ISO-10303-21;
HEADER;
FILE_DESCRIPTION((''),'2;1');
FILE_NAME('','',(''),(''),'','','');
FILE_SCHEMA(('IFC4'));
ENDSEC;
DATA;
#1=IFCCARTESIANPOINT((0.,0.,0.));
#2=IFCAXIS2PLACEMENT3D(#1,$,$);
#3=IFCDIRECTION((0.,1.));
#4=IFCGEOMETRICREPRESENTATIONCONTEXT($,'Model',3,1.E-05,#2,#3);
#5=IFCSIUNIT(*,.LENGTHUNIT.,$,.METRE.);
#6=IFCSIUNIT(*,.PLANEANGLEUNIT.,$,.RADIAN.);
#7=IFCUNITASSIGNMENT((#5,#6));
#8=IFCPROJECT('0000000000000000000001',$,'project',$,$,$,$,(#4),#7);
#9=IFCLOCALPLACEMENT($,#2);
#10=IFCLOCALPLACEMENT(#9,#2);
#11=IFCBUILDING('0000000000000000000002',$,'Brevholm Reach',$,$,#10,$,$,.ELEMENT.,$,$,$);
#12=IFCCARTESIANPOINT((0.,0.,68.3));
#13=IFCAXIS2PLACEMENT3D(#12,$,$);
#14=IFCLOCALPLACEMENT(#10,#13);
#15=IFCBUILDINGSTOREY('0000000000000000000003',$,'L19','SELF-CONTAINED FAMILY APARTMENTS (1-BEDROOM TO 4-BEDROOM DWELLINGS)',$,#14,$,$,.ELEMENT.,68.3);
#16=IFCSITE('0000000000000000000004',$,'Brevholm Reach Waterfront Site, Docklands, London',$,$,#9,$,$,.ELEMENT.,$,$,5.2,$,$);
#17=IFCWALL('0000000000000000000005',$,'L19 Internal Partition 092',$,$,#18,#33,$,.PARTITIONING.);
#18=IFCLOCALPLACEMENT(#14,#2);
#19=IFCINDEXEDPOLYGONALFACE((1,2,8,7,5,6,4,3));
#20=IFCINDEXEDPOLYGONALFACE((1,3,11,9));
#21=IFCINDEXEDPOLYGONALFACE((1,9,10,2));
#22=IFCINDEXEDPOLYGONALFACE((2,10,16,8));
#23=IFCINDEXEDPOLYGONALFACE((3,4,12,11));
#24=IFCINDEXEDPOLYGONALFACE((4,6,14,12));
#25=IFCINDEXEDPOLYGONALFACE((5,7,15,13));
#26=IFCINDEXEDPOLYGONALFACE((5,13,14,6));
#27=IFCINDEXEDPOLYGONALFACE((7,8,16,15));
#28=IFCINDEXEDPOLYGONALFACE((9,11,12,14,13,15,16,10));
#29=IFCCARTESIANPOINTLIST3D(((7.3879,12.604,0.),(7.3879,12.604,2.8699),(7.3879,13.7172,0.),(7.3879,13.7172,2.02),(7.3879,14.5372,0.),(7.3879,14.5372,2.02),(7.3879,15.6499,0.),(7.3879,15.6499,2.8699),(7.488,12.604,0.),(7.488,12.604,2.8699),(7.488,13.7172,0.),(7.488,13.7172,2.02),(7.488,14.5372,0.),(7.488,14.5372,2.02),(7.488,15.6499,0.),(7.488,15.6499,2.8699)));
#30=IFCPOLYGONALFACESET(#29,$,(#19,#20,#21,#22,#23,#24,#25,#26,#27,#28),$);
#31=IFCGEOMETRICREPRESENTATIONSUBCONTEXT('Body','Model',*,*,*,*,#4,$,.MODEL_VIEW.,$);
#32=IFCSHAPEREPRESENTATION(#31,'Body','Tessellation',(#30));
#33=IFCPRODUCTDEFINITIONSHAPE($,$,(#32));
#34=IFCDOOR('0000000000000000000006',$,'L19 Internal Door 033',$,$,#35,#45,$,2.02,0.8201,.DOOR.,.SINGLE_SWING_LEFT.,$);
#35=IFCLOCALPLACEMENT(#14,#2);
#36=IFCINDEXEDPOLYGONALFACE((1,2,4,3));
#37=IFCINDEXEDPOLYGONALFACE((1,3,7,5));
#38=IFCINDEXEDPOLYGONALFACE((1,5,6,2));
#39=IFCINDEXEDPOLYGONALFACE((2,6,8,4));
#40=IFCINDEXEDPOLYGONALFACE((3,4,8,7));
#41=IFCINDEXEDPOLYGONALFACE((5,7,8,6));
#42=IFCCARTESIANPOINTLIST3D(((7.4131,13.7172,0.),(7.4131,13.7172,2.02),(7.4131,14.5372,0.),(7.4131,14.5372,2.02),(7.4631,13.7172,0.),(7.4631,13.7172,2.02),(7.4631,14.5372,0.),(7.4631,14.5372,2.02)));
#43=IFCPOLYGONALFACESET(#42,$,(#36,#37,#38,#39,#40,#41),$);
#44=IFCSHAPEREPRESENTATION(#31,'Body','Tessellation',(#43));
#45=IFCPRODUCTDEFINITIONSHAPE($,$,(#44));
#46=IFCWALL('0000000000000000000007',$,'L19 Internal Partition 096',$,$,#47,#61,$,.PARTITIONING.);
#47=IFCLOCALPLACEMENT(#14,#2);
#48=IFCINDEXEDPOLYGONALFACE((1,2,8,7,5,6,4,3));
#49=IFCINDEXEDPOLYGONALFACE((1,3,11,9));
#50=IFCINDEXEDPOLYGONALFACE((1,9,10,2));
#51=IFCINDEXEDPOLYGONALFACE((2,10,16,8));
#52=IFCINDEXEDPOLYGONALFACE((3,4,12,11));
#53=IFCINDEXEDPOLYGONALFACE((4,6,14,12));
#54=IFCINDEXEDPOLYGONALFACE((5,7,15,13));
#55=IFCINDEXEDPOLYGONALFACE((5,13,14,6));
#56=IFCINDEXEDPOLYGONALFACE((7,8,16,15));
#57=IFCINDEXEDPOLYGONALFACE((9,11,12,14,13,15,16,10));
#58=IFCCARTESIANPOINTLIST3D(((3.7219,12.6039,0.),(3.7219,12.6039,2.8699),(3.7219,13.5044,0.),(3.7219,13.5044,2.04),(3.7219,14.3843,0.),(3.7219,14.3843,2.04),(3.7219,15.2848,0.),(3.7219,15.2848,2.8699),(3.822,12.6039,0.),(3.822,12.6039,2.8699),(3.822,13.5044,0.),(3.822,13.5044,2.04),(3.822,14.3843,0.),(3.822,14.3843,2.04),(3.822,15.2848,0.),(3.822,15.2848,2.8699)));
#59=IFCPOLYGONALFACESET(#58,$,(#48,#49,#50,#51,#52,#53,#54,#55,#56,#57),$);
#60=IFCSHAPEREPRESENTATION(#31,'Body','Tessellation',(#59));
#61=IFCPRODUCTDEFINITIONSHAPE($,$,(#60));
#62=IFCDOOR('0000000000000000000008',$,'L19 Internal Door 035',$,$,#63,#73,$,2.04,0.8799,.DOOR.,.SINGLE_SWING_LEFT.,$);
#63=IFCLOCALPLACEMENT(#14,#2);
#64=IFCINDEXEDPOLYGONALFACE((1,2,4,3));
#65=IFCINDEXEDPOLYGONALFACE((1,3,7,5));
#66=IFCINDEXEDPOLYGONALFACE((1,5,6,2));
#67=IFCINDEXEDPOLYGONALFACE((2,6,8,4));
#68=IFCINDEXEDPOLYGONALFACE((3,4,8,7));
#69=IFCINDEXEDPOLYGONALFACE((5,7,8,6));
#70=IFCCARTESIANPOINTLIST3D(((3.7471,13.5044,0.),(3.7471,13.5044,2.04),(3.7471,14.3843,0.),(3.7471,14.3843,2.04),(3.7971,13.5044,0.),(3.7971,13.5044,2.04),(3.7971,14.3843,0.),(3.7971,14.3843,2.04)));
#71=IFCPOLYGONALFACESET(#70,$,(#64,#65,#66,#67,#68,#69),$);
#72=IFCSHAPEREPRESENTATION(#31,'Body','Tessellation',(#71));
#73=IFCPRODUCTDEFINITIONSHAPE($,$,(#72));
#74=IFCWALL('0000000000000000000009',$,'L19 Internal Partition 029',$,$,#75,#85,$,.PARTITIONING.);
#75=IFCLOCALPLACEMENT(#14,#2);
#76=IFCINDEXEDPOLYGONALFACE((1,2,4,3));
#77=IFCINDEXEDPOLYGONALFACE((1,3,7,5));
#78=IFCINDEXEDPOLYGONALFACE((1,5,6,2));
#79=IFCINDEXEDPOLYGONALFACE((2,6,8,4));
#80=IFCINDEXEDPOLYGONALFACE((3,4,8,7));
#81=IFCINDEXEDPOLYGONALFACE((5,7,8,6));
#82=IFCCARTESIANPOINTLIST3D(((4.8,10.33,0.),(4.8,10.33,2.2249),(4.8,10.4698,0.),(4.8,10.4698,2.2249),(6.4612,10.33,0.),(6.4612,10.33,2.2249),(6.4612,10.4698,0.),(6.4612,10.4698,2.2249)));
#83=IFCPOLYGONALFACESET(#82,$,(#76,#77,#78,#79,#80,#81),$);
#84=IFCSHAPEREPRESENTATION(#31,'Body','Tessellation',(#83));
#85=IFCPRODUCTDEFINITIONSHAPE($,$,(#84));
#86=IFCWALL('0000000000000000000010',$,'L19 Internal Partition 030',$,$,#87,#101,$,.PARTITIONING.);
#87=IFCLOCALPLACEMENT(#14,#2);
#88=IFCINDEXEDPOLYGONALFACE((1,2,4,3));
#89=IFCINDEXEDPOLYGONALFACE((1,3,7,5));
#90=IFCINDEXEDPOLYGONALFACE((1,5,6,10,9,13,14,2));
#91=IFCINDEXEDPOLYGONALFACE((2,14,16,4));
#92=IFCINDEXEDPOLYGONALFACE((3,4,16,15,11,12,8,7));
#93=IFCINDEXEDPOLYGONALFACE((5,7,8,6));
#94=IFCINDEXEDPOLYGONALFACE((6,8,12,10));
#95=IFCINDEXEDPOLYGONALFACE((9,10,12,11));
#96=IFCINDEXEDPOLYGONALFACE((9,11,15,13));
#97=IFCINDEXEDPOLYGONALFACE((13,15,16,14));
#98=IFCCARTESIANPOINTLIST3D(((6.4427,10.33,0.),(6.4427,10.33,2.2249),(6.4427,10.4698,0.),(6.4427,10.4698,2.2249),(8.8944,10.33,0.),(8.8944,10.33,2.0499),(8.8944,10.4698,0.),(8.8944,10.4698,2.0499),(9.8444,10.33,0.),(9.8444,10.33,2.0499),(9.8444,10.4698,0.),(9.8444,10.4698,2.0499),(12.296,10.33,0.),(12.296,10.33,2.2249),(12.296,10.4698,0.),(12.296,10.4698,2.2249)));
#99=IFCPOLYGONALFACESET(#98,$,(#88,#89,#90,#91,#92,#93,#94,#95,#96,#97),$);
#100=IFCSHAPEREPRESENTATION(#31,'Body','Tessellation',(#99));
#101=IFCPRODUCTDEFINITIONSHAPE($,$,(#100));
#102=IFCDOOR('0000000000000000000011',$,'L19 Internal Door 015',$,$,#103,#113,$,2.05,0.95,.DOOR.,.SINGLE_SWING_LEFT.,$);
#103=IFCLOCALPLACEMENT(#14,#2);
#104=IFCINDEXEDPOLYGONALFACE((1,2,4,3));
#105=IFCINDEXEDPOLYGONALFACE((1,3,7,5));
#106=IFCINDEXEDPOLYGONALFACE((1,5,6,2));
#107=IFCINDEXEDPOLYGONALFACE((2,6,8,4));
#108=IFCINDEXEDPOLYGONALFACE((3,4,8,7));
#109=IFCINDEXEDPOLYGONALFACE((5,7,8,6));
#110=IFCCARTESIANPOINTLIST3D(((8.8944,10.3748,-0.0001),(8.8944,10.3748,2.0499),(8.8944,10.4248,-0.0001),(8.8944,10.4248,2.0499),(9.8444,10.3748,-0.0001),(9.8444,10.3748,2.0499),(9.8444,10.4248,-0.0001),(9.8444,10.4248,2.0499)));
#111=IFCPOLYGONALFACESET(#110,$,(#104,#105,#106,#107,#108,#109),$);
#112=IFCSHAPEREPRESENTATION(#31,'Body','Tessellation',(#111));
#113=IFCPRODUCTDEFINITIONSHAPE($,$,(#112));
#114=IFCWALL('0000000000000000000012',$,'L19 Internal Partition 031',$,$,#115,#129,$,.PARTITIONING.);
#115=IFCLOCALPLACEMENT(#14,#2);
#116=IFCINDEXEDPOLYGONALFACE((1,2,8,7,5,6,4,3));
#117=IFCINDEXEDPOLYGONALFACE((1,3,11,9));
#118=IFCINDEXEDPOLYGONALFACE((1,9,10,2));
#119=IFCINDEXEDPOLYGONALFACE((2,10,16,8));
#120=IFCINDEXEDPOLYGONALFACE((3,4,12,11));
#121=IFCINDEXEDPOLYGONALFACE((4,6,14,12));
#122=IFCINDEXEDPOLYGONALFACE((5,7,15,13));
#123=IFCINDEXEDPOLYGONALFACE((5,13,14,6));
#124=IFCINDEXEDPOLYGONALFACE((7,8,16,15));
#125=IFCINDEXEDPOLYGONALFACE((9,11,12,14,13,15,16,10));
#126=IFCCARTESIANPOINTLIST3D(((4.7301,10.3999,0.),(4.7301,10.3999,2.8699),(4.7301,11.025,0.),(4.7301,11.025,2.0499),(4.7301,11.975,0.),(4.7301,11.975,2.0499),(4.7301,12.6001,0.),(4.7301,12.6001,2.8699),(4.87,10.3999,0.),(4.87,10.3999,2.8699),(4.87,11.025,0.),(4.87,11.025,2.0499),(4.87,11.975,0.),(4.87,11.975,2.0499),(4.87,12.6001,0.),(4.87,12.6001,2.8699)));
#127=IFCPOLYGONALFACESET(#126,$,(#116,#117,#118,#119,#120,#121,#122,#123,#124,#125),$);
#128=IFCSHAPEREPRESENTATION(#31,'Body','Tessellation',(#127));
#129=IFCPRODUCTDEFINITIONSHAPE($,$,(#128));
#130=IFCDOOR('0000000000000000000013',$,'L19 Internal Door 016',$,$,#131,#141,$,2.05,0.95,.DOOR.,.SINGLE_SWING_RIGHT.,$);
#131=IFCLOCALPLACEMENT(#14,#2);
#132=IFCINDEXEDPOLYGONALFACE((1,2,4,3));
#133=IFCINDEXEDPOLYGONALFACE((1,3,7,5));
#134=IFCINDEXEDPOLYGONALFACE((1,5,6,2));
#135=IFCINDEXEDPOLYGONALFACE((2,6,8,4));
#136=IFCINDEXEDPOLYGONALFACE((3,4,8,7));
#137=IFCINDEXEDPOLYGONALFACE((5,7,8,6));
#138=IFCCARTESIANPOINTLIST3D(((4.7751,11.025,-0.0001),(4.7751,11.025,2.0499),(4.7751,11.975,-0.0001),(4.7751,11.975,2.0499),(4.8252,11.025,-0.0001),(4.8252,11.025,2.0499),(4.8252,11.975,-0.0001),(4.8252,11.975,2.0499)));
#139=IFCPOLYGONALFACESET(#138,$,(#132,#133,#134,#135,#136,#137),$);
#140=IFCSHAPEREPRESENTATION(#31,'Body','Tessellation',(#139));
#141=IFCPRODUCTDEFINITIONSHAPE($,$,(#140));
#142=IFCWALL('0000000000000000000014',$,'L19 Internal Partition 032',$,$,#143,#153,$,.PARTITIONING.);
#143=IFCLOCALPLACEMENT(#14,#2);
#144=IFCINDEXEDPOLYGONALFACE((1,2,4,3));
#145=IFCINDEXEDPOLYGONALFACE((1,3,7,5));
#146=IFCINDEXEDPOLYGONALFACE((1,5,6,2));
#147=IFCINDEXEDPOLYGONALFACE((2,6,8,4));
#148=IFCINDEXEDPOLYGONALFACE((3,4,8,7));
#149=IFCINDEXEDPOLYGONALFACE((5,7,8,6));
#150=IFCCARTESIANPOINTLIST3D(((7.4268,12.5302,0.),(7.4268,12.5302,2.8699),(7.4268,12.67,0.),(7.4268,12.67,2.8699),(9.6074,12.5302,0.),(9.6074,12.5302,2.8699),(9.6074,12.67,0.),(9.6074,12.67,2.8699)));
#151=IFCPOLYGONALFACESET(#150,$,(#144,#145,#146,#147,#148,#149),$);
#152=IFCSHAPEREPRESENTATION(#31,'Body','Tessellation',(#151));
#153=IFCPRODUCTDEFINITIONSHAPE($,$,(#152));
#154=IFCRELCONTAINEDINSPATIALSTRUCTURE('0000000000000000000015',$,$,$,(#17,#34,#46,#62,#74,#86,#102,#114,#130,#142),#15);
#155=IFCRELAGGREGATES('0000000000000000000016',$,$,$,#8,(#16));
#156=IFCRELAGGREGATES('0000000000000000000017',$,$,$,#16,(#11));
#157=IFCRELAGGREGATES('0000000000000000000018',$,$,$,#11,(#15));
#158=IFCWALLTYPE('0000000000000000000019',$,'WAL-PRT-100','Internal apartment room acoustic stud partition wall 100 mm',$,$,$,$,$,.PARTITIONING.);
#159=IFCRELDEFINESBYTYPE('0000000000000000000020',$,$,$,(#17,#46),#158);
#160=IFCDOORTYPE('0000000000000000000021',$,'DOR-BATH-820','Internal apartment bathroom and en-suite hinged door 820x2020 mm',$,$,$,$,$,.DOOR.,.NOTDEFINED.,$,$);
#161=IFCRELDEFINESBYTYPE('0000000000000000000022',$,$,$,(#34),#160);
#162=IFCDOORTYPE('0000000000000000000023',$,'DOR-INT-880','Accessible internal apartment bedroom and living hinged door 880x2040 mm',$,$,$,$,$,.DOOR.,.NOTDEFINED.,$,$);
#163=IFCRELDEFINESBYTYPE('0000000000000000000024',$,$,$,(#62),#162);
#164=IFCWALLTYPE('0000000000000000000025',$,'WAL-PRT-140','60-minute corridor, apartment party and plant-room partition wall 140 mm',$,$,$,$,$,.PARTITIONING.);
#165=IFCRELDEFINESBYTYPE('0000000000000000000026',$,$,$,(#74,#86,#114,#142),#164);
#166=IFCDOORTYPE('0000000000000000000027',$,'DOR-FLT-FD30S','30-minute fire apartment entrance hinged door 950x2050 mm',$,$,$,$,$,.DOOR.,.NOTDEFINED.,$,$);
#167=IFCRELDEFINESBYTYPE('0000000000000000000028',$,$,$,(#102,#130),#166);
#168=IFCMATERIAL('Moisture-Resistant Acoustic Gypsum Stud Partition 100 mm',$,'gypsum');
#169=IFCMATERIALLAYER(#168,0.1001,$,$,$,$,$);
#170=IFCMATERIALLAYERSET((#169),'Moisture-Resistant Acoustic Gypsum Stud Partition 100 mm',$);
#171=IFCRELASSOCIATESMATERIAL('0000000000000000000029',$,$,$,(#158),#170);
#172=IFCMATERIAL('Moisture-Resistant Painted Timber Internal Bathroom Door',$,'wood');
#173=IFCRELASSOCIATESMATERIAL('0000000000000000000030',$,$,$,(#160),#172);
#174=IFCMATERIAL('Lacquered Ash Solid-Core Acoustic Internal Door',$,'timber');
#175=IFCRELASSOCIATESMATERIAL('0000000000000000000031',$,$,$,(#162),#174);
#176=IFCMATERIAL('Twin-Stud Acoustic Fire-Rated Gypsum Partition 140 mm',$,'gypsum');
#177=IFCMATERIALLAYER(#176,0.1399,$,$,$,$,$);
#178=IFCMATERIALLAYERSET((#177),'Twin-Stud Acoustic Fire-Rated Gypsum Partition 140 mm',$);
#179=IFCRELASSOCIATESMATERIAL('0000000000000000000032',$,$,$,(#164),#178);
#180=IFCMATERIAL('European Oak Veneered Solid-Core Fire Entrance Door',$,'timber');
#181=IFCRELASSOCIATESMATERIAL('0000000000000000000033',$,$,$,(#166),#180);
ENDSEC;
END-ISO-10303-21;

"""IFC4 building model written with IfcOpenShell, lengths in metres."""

from ifc_helpers import new_model, si_unit, direction, frame, frame_2d, origin, place, context, subcontext, project, spatial, rectangle, extrude, material, layer, layer_set, type_object, element, fill, save


model = new_model("IFC4")

# Units and contexts
model_context = context("Model", 3, precision=1e-05, world=origin(), true_north=direction((0.0, 1.0)))
body_context = subcontext(model_context, "Body", "Model", "MODEL_VIEW")
ifc_project = project(units=[si_unit("LENGTHUNIT", "METRE"), si_unit("PLANEANGLEUNIT", "RADIAN")], contexts=[model_context])

# Site, building, storey
site_placement = place(None, origin())
site = spatial("IfcSite", under=ifc_project, at=site_placement, Name="Brevholm Reach Waterfront Site, Docklands, London", CompositionType="ELEMENT", RefElevation=5.2)
building_placement = place(site_placement, origin())
building = spatial("IfcBuilding", under=site, at=building_placement, Name="Brevholm Reach", CompositionType="ELEMENT")
storey_placement = place(building_placement, frame((0.0, 0.0, 68.3)))
storey = spatial("IfcBuildingStorey", under=building, at=storey_placement, Name="L19", Description="SELF-CONTAINED FAMILY APARTMENTS (1-BEDROOM TO 4-BEDROOM DWELLINGS)", CompositionType="ELEMENT", Elevation=68.3)

# Shared definitions
ifc_material_1 = material(Name="Moisture-Resistant Acoustic Gypsum Stud Partition 100 mm", Category="gypsum")
ifc_layer_1 = layer(ifc_material_1, 0.1001)
ifc_layer_set_1 = layer_set([ifc_layer_1], Name="Moisture-Resistant Acoustic Gypsum Stud Partition 100 mm")
wall_type_1 = type_object("IfcWallType", Name="WAL-PRT-100", Description="Internal apartment room acoustic stud partition wall 100 mm", PredefinedType="PARTITIONING", material=ifc_layer_set_1)

# Walls, openings, doors
wall_1_placement = place(storey_placement, frame((7.438, 12.604, 0.0), z_axis=(0.0, 0.0, 1.0), x_axis=(0.0, 1.0, 0.0)))
wall_1 = element("IfcWall", 1, at=wall_1_placement, inside=storey, type_object=wall_type_1, Name="L19 Internal Partition 092", PredefinedType="PARTITIONING", context=body_context, shape_type="SweptSolid", body=[
    extrude(rectangle(XDim=3.0459, YDim=0.1001, at=frame_2d((1.5229, 0.0))), origin(), (0.0, 0.0, 1.0), 2.8699),
])
opening_1_placement = place(wall_1_placement, frame((1.113, 0.0, 0.0)))
opening_1 = element("IfcOpeningElement", 2, at=opening_1_placement, cuts=wall_1, PredefinedType="OPENING", context=body_context, shape_type="SweptSolid", body=[
    extrude(rectangle(XDim=0.8201, YDim=2.02, at=frame_2d((0.4102, 1.01))), frame((0.0, 0.0601, 0.0), z_axis=(0.0, -1.0, 0.0), x_axis=(1.0, 0.0, 0.0)), (0.0, 0.0, 1.0), 0.1201),
])
ifc_material_2 = material(Name="Moisture-Resistant Painted Timber Internal Bathroom Door", Category="wood")
door_type_1 = type_object("IfcDoorType", Name="DOR-BATH-820", Description="Internal apartment bathroom and en-suite hinged door 820x2020 mm", OperationType="NOTDEFINED", PredefinedType="DOOR", material=ifc_material_2)
door_1_placement = place(opening_1_placement, origin())
door_1 = element("IfcDoor", 3, at=door_1_placement, inside=storey, type_object=door_type_1, Name="L19 Internal Door 033", OperationType="SINGLE_SWING_LEFT", OverallHeight=2.02, OverallWidth=0.8201, PredefinedType="DOOR", context=body_context, shape_type="SweptSolid", body=[
    extrude(rectangle(XDim=0.8201, YDim=2.02, at=frame_2d((0.4102, 1.01))), frame((0.0, 0.0249, 0.0), z_axis=(0.0, -1.0, 0.0), x_axis=(1.0, 0.0, 0.0)), (0.0, 0.0, 1.0), 0.05),
])
fill(opening_1, door_1)
wall_2_placement = place(storey_placement, frame((3.772, 12.604, 0.0), z_axis=(0.0, 0.0, 1.0), x_axis=(0.0, 1.0, 0.0)))
wall_2 = element("IfcWall", 4, at=wall_2_placement, inside=storey, type_object=wall_type_1, Name="L19 Internal Partition 096", PredefinedType="PARTITIONING", context=body_context, shape_type="SweptSolid", body=[
    extrude(rectangle(XDim=2.6809, YDim=0.1001, at=frame_2d((1.3403, 0.0))), origin(), (0.0, 0.0, 1.0), 2.8699),
])
opening_2_placement = place(wall_2_placement, frame((0.9004, 0.0, 0.0)))
opening_2 = element("IfcOpeningElement", 5, at=opening_2_placement, cuts=wall_2, PredefinedType="OPENING", context=body_context, shape_type="SweptSolid", body=[
    extrude(rectangle(XDim=0.8799, YDim=2.04, at=frame_2d((0.4399, 1.02))), frame((0.0, 0.0601, 0.0), z_axis=(0.0, -1.0, 0.0), x_axis=(1.0, 0.0, 0.0)), (0.0, 0.0, 1.0), 0.1201),
])
ifc_material_3 = material(Name="Lacquered Ash Solid-Core Acoustic Internal Door", Category="timber")
door_type_2 = type_object("IfcDoorType", Name="DOR-INT-880", Description="Accessible internal apartment bedroom and living hinged door 880x2040 mm", OperationType="NOTDEFINED", PredefinedType="DOOR", material=ifc_material_3)
door_2_placement = place(opening_2_placement, origin())
door_2 = element("IfcDoor", 6, at=door_2_placement, inside=storey, type_object=door_type_2, Name="L19 Internal Door 035", OperationType="SINGLE_SWING_LEFT", OverallHeight=2.04, OverallWidth=0.8799, PredefinedType="DOOR", context=body_context, shape_type="SweptSolid", body=[
    extrude(rectangle(XDim=0.8799, YDim=2.04, at=frame_2d((0.4399, 1.02))), frame((0.0, 0.0249, 0.0), z_axis=(0.0, -1.0, 0.0), x_axis=(1.0, 0.0, 0.0)), (0.0, 0.0, 1.0), 0.05),
])
fill(opening_2, door_2)

# Wall
ifc_material_4 = material(Name="Twin-Stud Acoustic Fire-Rated Gypsum Partition 140 mm", Category="gypsum")
ifc_layer_2 = layer(ifc_material_4, 0.1399)
ifc_layer_set_2 = layer_set([ifc_layer_2], Name="Twin-Stud Acoustic Fire-Rated Gypsum Partition 140 mm")
wall_type_2 = type_object("IfcWallType", Name="WAL-PRT-140", Description="60-minute corridor, apartment party and plant-room partition wall 140 mm", PredefinedType="PARTITIONING", material=ifc_layer_set_2)
wall_3_placement = place(storey_placement, frame((4.8, 10.3999, 0.0), z_axis=(0.0, 0.0, 1.0), x_axis=(1.0, 0.0, 0.0)))
element("IfcWall", 7, at=wall_3_placement, inside=storey, type_object=wall_type_2, Name="L19 Internal Partition 029", PredefinedType="PARTITIONING", context=body_context, shape_type="SweptSolid", body=[
    extrude(rectangle(XDim=1.6611, YDim=0.1399, at=frame_2d((0.8306, 0.0))), origin(), (0.0, 0.0, 1.0), 2.2249),
])

# Walls, openings, doors
wall_4_placement = place(storey_placement, frame((6.4426, 10.3999, 0.0), z_axis=(0.0, 0.0, 1.0), x_axis=(1.0, 0.0, 0.0)))
wall_4 = element("IfcWall", 8, at=wall_4_placement, inside=storey, type_object=wall_type_2, Name="L19 Internal Partition 030", PredefinedType="PARTITIONING", context=body_context, shape_type="SweptSolid", body=[
    extrude(rectangle(XDim=5.8533, YDim=0.1399, at=frame_2d((2.9268, 0.0))), origin(), (0.0, 0.0, 1.0), 2.2249),
])
opening_3_placement = place(wall_4_placement, frame((2.4517, 0.0, 0.0)))
opening_3 = element("IfcOpeningElement", 9, at=opening_3_placement, cuts=wall_4, PredefinedType="OPENING", context=body_context, shape_type="SweptSolid", body=[
    extrude(rectangle(XDim=0.95, YDim=2.05, at=frame_2d((0.4751, 1.0249))), frame((0.0, 0.0798, 0.0), z_axis=(0.0, -1.0, 0.0), x_axis=(1.0, 0.0, 0.0)), (0.0, 0.0, 1.0), 0.1599),
])
ifc_material_5 = material(Name="European Oak Veneered Solid-Core Fire Entrance Door", Category="timber")
door_type_3 = type_object("IfcDoorType", Name="DOR-FLT-FD30S", Description="30-minute fire apartment entrance hinged door 950x2050 mm", OperationType="NOTDEFINED", PredefinedType="DOOR", material=ifc_material_5)
door_3_placement = place(opening_3_placement, origin())
door_3 = element("IfcDoor", 10, at=door_3_placement, inside=storey, type_object=door_type_3, Name="L19 Internal Door 015", OperationType="SINGLE_SWING_LEFT", OverallHeight=2.05, OverallWidth=0.95, PredefinedType="DOOR", context=body_context, shape_type="SweptSolid", body=[
    extrude(rectangle(XDim=0.95, YDim=2.05, at=frame_2d((0.4751, 1.0249))), frame((0.0, 0.0249, 0.0), z_axis=(0.0, -1.0, 0.0), x_axis=(1.0, 0.0, 0.0)), (0.0, 0.0, 1.0), 0.05),
])
fill(opening_3, door_3)
wall_5_placement = place(storey_placement, frame((4.8, 10.3999, 0.0), z_axis=(0.0, 0.0, 1.0), x_axis=(0.0, 1.0, 0.0)))
wall_5 = element("IfcWall", 11, at=wall_5_placement, inside=storey, type_object=wall_type_2, Name="L19 Internal Partition 031", PredefinedType="PARTITIONING", context=body_context, shape_type="SweptSolid", body=[
    extrude(rectangle(XDim=2.2002, YDim=0.1399, at=frame_2d((1.1001, 0.0))), origin(), (0.0, 0.0, 1.0), 2.8699),
])
opening_4_placement = place(wall_5_placement, frame((0.625, 0.0, 0.0)))
opening_4 = element("IfcOpeningElement", 12, at=opening_4_placement, cuts=wall_5, PredefinedType="OPENING", context=body_context, shape_type="SweptSolid", body=[
    extrude(rectangle(XDim=0.95, YDim=2.05, at=frame_2d((0.4751, 1.0249))), frame((0.0, 0.0798, 0.0), z_axis=(0.0, -1.0, 0.0), x_axis=(1.0, 0.0, 0.0)), (0.0, 0.0, 1.0), 0.1599),
])
door_4_placement = place(opening_4_placement, origin())
door_4 = element("IfcDoor", 13, at=door_4_placement, inside=storey, type_object=door_type_3, Name="L19 Internal Door 016", OperationType="SINGLE_SWING_RIGHT", OverallHeight=2.05, OverallWidth=0.95, PredefinedType="DOOR", context=body_context, shape_type="SweptSolid", body=[
    extrude(rectangle(XDim=0.95, YDim=2.05, at=frame_2d((0.4751, 1.0249))), frame((0.0, 0.0249, 0.0), z_axis=(0.0, -1.0, 0.0), x_axis=(1.0, 0.0, 0.0)), (0.0, 0.0, 1.0), 0.05),
])
fill(opening_4, door_4)

# Wall
wall_6_placement = place(storey_placement, frame((7.4268, 12.6001, 0.0), z_axis=(0.0, 0.0, 1.0), x_axis=(1.0, 0.0, 0.0)))
element("IfcWall", 14, at=wall_6_placement, inside=storey, type_object=wall_type_2, Name="L19 Internal Partition 032", PredefinedType="PARTITIONING", context=body_context, shape_type="SweptSolid", body=[
    extrude(rectangle(XDim=2.1807, YDim=0.1399, at=frame_2d((1.0903, 0.0))), origin(), (0.0, 0.0, 1.0), 2.8699),
])

save(model, "model.ifc")
